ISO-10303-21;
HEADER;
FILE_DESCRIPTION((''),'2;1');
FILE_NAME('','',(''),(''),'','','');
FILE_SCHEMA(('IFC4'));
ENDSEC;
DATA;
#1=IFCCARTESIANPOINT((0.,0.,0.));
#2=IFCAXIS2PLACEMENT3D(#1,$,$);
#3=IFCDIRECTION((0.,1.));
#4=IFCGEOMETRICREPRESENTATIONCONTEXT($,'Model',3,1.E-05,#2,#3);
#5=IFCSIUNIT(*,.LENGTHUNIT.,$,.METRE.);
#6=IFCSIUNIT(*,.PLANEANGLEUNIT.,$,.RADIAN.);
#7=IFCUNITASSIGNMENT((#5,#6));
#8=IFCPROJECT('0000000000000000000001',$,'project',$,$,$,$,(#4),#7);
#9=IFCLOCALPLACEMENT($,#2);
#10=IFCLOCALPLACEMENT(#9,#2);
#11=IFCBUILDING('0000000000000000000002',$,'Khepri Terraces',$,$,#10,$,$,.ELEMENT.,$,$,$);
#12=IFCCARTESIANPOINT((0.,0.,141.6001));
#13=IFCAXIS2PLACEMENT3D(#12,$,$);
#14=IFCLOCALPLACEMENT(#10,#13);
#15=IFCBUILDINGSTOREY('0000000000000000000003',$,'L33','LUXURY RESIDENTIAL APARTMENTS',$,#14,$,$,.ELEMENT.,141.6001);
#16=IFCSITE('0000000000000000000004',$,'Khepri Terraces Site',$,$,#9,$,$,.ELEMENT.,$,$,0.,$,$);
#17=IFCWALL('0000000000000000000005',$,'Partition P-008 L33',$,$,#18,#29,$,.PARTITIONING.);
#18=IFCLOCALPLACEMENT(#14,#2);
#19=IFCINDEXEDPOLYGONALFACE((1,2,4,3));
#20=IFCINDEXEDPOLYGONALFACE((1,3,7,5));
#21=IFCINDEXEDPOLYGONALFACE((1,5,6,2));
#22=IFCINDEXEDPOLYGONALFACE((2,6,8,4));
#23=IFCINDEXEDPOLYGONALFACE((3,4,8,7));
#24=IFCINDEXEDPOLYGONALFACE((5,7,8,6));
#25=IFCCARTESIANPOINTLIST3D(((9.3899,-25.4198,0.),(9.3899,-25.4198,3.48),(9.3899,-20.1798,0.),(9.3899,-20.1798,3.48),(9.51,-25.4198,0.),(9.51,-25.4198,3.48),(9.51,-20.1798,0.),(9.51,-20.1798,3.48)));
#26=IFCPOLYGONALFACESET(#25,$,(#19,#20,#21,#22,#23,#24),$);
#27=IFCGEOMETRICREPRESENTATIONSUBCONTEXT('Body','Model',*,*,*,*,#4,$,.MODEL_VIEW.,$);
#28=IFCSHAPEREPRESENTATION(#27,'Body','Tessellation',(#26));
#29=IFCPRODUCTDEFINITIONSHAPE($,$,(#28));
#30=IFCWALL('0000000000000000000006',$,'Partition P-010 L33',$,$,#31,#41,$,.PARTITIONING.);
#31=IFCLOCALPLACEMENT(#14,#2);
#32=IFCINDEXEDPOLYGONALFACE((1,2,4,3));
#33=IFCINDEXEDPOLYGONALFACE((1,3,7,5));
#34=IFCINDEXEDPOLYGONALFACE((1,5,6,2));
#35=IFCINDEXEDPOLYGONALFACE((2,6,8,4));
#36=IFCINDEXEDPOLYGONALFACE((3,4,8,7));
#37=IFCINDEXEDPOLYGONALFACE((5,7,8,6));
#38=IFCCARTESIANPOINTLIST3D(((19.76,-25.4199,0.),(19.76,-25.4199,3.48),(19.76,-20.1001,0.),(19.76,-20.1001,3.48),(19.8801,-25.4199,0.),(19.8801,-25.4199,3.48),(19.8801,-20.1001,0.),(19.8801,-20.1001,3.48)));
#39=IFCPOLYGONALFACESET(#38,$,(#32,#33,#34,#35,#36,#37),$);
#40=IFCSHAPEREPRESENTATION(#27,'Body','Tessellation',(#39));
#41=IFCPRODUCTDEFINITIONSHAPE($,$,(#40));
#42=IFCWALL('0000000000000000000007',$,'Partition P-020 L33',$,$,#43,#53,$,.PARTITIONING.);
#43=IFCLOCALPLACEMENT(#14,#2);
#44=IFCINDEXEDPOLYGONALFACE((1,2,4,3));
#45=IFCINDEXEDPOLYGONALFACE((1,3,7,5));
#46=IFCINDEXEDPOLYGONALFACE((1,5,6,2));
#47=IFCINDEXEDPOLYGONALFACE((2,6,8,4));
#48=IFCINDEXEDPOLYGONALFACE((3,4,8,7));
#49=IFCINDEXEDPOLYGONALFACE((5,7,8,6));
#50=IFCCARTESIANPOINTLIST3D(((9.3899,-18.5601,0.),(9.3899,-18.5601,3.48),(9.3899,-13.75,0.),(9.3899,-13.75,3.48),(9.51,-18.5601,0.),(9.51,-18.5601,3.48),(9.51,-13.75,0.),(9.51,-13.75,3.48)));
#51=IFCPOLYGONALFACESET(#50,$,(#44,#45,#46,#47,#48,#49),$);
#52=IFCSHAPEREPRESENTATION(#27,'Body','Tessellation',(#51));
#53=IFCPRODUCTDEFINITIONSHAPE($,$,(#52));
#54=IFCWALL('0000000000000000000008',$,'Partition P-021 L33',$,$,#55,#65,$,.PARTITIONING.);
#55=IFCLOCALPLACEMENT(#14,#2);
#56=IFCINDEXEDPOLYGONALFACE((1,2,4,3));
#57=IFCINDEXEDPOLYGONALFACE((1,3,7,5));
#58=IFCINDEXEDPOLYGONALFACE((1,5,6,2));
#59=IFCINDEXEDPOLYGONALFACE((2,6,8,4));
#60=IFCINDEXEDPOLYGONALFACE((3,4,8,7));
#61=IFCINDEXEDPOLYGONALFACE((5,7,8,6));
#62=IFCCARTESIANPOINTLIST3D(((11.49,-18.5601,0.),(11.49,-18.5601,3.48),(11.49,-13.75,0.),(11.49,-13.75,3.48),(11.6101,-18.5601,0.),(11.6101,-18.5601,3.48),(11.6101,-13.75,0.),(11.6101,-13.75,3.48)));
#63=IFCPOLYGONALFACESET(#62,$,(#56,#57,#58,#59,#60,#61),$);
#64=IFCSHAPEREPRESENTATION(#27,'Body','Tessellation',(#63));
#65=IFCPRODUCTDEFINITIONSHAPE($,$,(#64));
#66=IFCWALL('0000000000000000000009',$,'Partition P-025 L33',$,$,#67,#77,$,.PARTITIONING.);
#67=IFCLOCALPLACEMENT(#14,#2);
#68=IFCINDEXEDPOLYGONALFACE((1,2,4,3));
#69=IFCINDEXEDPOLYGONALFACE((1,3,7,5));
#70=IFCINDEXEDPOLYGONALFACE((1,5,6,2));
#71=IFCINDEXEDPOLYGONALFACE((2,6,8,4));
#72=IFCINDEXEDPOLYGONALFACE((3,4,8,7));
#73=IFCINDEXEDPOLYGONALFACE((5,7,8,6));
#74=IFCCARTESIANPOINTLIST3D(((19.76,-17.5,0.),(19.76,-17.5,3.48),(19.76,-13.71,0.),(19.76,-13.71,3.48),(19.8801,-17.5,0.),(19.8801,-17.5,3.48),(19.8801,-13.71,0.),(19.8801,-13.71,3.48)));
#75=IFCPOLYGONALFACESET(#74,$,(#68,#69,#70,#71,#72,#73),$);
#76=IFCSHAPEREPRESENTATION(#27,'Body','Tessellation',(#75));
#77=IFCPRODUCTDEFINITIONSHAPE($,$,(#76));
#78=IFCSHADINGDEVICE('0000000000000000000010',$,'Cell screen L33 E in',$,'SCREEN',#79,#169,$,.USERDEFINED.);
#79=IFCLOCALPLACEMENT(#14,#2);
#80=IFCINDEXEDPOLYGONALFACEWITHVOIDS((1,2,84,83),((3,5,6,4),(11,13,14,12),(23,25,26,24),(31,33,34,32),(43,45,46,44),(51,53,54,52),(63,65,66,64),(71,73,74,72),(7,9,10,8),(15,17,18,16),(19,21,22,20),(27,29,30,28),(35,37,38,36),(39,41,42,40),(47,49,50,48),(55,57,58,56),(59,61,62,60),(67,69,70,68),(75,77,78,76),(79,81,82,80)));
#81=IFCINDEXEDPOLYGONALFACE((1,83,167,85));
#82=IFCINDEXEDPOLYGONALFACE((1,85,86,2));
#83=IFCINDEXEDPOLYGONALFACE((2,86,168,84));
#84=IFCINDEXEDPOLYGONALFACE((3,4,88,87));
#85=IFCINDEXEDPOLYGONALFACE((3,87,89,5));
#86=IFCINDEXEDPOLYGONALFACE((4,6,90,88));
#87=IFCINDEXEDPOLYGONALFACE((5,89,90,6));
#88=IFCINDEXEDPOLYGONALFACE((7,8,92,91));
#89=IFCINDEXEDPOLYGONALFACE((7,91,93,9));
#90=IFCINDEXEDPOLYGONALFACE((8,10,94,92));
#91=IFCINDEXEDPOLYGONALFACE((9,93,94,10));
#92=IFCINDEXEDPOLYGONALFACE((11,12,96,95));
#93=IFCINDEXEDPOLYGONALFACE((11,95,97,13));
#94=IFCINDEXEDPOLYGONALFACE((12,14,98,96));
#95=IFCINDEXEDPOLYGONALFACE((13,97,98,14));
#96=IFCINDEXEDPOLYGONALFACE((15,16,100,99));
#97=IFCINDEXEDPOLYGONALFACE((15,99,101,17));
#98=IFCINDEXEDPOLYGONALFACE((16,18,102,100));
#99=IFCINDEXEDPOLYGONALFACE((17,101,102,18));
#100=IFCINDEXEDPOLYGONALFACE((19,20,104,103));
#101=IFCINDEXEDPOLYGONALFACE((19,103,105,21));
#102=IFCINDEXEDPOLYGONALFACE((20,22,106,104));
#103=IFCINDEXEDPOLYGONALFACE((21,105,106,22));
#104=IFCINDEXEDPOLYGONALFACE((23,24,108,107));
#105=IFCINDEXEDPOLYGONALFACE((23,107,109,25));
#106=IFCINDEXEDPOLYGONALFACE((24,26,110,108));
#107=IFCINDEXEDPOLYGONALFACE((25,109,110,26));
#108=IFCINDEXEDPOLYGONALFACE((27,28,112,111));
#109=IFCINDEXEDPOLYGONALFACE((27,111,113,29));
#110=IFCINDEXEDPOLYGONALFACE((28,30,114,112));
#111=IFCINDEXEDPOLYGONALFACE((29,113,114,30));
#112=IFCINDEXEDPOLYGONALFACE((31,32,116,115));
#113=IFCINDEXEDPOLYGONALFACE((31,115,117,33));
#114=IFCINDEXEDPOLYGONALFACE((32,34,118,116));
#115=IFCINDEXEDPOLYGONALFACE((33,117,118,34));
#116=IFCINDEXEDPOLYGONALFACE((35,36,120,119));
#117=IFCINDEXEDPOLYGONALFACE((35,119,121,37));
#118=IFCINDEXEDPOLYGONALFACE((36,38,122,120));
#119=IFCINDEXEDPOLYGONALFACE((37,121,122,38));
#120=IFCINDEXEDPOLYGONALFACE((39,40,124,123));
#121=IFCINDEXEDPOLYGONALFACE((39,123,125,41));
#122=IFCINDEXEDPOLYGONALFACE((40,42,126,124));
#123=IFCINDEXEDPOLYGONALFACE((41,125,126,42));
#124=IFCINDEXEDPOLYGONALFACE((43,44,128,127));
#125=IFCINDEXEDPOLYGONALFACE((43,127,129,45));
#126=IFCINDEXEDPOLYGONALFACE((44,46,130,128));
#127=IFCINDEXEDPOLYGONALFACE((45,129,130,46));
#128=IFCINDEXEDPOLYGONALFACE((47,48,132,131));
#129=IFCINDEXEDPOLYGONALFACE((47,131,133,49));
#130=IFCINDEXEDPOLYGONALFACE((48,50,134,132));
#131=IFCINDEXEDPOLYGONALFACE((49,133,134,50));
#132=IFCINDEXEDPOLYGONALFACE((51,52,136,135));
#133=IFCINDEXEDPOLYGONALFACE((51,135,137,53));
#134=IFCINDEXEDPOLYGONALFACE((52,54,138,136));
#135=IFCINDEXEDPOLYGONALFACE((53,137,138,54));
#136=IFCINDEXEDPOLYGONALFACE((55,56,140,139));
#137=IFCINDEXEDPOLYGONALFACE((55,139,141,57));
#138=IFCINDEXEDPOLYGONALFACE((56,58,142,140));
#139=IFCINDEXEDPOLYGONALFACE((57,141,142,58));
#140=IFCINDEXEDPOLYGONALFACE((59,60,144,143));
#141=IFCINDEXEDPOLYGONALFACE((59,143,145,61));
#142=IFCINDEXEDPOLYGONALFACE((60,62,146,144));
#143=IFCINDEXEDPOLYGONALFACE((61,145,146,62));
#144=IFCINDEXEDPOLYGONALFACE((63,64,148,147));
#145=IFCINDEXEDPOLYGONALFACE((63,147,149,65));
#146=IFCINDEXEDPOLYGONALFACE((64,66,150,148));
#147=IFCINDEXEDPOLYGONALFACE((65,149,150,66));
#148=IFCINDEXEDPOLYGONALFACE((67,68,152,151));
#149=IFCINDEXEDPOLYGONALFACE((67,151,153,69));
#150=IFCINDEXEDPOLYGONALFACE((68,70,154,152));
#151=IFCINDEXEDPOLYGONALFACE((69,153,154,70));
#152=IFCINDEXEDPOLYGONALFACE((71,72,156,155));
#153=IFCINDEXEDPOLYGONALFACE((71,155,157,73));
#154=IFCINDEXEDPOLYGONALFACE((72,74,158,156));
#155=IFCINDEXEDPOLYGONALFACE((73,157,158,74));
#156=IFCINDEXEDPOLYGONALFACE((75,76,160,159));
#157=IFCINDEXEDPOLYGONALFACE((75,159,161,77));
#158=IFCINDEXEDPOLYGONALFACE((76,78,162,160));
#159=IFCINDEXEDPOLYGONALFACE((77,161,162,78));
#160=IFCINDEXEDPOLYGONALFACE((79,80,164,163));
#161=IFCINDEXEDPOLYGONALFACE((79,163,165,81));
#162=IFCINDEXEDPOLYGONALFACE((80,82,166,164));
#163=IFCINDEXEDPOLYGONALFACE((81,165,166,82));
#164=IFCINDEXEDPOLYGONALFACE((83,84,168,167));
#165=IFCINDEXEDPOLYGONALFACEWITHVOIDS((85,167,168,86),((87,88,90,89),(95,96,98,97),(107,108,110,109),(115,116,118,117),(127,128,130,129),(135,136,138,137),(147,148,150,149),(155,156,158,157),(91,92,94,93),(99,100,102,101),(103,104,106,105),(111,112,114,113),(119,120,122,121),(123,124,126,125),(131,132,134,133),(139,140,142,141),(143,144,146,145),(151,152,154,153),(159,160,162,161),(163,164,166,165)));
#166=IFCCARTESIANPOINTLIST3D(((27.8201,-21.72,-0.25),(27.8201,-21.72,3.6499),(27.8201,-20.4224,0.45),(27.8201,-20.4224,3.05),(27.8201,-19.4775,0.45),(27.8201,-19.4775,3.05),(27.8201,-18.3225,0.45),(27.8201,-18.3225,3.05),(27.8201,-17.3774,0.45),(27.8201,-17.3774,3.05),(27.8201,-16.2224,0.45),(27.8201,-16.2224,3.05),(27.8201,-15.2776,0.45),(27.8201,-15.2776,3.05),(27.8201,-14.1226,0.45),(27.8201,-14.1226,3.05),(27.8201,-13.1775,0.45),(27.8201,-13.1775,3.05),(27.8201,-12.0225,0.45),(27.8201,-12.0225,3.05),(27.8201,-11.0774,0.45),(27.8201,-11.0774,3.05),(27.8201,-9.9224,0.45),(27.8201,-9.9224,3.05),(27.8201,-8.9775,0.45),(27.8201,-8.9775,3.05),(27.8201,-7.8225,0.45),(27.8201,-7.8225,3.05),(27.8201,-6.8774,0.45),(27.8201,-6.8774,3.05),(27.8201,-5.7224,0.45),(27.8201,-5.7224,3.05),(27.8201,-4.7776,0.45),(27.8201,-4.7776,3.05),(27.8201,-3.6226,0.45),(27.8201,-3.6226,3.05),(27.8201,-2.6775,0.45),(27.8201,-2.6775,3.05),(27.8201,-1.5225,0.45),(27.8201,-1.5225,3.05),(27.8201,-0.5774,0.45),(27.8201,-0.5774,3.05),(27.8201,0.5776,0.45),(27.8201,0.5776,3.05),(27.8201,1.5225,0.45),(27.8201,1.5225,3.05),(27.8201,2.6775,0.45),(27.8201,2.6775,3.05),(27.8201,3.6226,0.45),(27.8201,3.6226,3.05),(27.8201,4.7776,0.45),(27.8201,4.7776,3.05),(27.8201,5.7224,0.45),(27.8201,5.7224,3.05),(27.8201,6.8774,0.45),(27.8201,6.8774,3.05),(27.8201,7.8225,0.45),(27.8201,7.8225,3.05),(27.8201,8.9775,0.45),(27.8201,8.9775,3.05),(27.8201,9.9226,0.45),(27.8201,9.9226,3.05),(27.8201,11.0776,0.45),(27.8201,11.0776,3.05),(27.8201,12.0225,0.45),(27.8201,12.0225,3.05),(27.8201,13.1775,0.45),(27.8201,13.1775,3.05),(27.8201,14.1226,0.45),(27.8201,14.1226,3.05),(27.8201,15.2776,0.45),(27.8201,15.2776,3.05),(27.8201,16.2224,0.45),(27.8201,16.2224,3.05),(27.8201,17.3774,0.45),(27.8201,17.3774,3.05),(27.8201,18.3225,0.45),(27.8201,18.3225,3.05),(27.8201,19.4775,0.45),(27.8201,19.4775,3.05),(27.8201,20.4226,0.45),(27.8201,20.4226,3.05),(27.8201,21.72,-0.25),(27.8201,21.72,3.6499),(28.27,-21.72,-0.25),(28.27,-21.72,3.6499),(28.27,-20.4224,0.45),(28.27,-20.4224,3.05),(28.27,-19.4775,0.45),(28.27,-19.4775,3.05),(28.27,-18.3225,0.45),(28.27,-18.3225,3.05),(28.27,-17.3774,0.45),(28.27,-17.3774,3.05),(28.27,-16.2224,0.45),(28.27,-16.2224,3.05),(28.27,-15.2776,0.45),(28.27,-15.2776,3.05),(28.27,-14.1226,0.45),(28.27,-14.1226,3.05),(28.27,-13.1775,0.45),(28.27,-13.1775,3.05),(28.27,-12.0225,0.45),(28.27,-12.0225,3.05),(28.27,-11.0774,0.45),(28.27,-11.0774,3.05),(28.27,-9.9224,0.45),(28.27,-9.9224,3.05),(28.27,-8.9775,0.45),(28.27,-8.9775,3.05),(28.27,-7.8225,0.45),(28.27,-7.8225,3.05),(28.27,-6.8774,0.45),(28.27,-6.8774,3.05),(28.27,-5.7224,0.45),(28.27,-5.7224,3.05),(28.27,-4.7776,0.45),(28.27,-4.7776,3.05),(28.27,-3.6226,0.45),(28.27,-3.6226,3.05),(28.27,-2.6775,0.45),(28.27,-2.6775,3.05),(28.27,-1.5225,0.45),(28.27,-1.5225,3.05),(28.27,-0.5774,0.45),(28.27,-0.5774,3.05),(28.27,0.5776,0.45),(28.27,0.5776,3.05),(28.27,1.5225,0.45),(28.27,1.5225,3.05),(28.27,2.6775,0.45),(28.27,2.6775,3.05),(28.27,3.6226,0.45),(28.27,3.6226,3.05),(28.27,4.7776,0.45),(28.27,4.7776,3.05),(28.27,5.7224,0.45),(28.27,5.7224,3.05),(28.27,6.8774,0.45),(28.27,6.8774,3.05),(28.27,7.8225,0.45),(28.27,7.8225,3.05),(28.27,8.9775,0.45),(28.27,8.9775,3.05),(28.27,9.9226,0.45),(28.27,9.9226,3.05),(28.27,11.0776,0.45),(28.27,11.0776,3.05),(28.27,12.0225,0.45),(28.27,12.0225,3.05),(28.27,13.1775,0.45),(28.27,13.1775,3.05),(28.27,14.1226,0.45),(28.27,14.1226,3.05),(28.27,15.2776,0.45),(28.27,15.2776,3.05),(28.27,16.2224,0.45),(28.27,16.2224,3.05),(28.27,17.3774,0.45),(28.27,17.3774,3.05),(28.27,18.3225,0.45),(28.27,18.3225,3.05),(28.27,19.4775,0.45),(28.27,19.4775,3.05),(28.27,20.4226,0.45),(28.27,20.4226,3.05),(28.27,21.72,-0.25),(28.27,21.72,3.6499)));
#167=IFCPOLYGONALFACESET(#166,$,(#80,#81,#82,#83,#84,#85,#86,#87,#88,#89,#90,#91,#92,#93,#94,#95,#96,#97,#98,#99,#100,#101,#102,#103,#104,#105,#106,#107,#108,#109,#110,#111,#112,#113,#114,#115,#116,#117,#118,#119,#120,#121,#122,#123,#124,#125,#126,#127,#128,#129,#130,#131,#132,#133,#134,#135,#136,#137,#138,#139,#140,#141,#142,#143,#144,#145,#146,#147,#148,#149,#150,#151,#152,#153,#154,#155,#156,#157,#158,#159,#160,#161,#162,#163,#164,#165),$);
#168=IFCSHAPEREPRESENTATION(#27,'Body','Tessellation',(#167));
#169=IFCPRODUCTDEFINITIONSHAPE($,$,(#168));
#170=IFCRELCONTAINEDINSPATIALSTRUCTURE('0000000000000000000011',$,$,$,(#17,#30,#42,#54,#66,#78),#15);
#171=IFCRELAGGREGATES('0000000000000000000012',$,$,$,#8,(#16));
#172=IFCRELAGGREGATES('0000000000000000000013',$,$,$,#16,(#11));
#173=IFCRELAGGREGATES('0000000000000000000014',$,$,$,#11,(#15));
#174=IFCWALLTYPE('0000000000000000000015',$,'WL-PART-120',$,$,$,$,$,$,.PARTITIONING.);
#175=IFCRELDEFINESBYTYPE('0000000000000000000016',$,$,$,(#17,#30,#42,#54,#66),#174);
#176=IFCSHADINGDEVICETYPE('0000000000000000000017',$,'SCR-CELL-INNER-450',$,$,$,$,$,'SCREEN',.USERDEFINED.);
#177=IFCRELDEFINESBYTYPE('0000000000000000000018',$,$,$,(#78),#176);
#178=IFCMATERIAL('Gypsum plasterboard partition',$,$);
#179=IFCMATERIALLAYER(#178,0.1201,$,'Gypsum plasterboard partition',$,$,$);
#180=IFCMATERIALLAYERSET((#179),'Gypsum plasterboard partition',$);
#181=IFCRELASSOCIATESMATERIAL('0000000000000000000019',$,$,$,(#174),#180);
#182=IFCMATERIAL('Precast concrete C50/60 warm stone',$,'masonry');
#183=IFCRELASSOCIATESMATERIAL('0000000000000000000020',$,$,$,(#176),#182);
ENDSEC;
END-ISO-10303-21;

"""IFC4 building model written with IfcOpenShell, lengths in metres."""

from ifc_helpers import new_model, si_unit, direction, frame, frame_2d, origin, place, context, subcontext, project, spatial, polyline, rectangle, outline, extrude, material, layer, layer_set, type_object, element, save


model = new_model("IFC4")

# Units and contexts
model_context = context("Model", 3, precision=1e-05, world=origin(), true_north=direction((0.0, 1.0)))
body_context = subcontext(model_context, "Body", "Model", "MODEL_VIEW")
ifc_project = project(units=[si_unit("LENGTHUNIT", "METRE"), si_unit("PLANEANGLEUNIT", "RADIAN")], contexts=[model_context])

# Site, building, storey
site_placement = place(None, origin())
site = spatial("IfcSite", under=ifc_project, at=site_placement, Name="Khepri Terraces Site", CompositionType="ELEMENT", RefElevation=0.0)
building_placement = place(site_placement, origin())
building = spatial("IfcBuilding", under=site, at=building_placement, Name="Khepri Terraces", CompositionType="ELEMENT")
storey_placement = place(building_placement, frame((0.0, 0.0, 141.6001)))
storey = spatial("IfcBuildingStorey", under=building, at=storey_placement, Name="L33", Description="LUXURY RESIDENTIAL APARTMENTS", CompositionType="ELEMENT", Elevation=141.6001)

# Shared definitions
ifc_material_1 = material(Name="Precast concrete C50/60 warm stone", Category="masonry")

# Walls
ifc_material_2 = material(Name="Gypsum plasterboard partition")
ifc_layer_1 = layer(ifc_material_2, 0.1201, Name="Gypsum plasterboard partition")
ifc_layer_set_1 = layer_set([ifc_layer_1], Name="Gypsum plasterboard partition")
wall_type_1 = type_object("IfcWallType", Name="WL-PART-120", PredefinedType="PARTITIONING", material=ifc_layer_set_1)
wall_1_placement = place(storey_placement, frame((9.45, -25.4199, 0.0), z_axis=(0.0, 0.0, 1.0), x_axis=(0.0, 1.0, 0.0)))
element("IfcWall", 1, at=wall_1_placement, inside=storey, type_object=wall_type_1, Name="Partition P-008 L33", PredefinedType="PARTITIONING", context=body_context, shape_type="SweptSolid", body=[
    extrude(rectangle(XDim=5.24, YDim=0.1201, at=frame_2d((2.6201, 0.0))), origin(), (0.0, 0.0, 1.0), 3.48),
])
wall_2_placement = place(storey_placement, frame((19.8201, -25.4199, 0.0), z_axis=(0.0, 0.0, 1.0), x_axis=(0.0, 1.0, 0.0)))
element("IfcWall", 2, at=wall_2_placement, inside=storey, type_object=wall_type_1, Name="Partition P-010 L33", PredefinedType="PARTITIONING", context=body_context, shape_type="SweptSolid", body=[
    extrude(rectangle(XDim=5.3198, YDim=0.1201, at=frame_2d((2.6599, 0.0))), origin(), (0.0, 0.0, 1.0), 3.48),
])
for number, where, z_axis, x_axis, name in (
    (3, (9.45, -18.5601, 0.0), (0.0, 0.0, 1.0), (0.0, 1.0, 0.0), "Partition P-020 L33"),
    (4, (11.55, -18.5601, 0.0), (0.0, 0.0, 1.0), (0.0, 1.0, 0.0), "Partition P-021 L33"),
):
    element("IfcWall", number, at=place(storey_placement, frame(where, z_axis=z_axis, x_axis=x_axis)), inside=storey, type_object=wall_type_1, Name=name, PredefinedType="PARTITIONING", context=body_context, shape_type="SweptSolid", body=[
        extrude(rectangle(XDim=4.8101, YDim=0.1201, at=frame_2d((2.405, 0.0))), origin(), (0.0, 0.0, 1.0), 3.48),
    ])
wall_3_placement = place(storey_placement, frame((19.8201, -17.5, 0.0), z_axis=(0.0, 0.0, 1.0), x_axis=(0.0, 1.0, 0.0)))
element("IfcWall", 5, at=wall_3_placement, inside=storey, type_object=wall_type_1, Name="Partition P-025 L33", PredefinedType="PARTITIONING", context=body_context, shape_type="SweptSolid", body=[
    extrude(rectangle(XDim=3.79, YDim=0.1201, at=frame_2d((1.895, 0.0))), origin(), (0.0, 0.0, 1.0), 3.48),
])

# Shading device
shading_device_type_1 = type_object("IfcShadingDeviceType", Name="SCR-CELL-INNER-450", ElementType="SCREEN", PredefinedType="USERDEFINED", material=ifc_material_1)
shading_device_1_placement = place(storey_placement, frame((27.8201, -21.72, -0.25), z_axis=(1.0, 0.0, 0.0), x_axis=(0.0, 1.0, 0.0)))
element("IfcShadingDevice", 6, at=shading_device_1_placement, inside=storey, type_object=shading_device_type_1, Name="Cell screen L33 E in", ObjectType="SCREEN", PredefinedType="USERDEFINED", context=body_context, shape_type="SweptSolid", body=[
    extrude(outline(polyline([(0.0, 0.0), (43.4399, 0.0), (43.4399, 3.8999), (0.0, 3.8999), (0.0, 0.0)]), holes=[polyline([(1.2976, 0.7), (2.2424, 0.7), (2.2424, 3.3), (1.2976, 3.3), (1.2976, 0.7)]), polyline([(3.3975, 0.7), (4.3425, 0.7), (4.3425, 3.3), (3.3975, 3.3), (3.3975, 0.7)]), polyline([(5.4976, 0.7), (6.4424, 0.7), (6.4424, 3.3), (5.4976, 3.3), (5.4976, 0.7)]), polyline([(7.5974, 0.7), (8.5425, 0.7), (8.5425, 3.3), (7.5974, 3.3), (7.5974, 0.7)]), polyline([(9.6975, 0.7), (10.6426, 0.7), (10.6426, 3.3), (9.6975, 3.3), (9.6975, 0.7)]), polyline([(11.7976, 0.7), (12.7424, 0.7), (12.7424, 3.3), (11.7976, 3.3), (11.7976, 0.7)]), polyline([(13.8975, 0.7), (14.8425, 0.7), (14.8425, 3.3), (13.8975, 3.3), (13.8975, 0.7)]), polyline([(15.9976, 0.7), (16.9424, 0.7), (16.9424, 3.3), (15.9976, 3.3), (15.9976, 0.7)]), polyline([(18.0974, 0.7), (19.0425, 0.7), (19.0425, 3.3), (18.0974, 3.3), (18.0974, 0.7)]), polyline([(20.1975, 0.7), (21.1426, 0.7), (21.1426, 3.3), (20.1975, 3.3), (20.1975, 0.7)]), polyline([(22.2976, 0.7), (23.2424, 0.7), (23.2424, 3.3), (22.2976, 3.3), (22.2976, 0.7)]), polyline([(24.3975, 0.7), (25.3425, 0.7), (25.3425, 3.3), (24.3975, 3.3), (24.3975, 0.7)]), polyline([(26.4976, 0.7), (27.4424, 0.7), (27.4424, 3.3), (26.4976, 3.3), (26.4976, 0.7)]), polyline([(28.5974, 0.7), (29.5425, 0.7), (29.5425, 3.3), (28.5974, 3.3), (28.5974, 0.7)]), polyline([(30.6975, 0.7), (31.6426, 0.7), (31.6426, 3.3), (30.6975, 3.3), (30.6975, 0.7)]), polyline([(32.7976, 0.7), (33.7424, 0.7), (33.7424, 3.3), (32.7976, 3.3), (32.7976, 0.7)]), polyline([(34.8975, 0.7), (35.8425, 0.7), (35.8425, 3.3), (34.8975, 3.3), (34.8975, 0.7)]), polyline([(36.9976, 0.7), (37.9424, 0.7), (37.9424, 3.3), (36.9976, 3.3), (36.9976, 0.7)]), polyline([(39.0974, 0.7), (40.0425, 0.7), (40.0425, 3.3), (39.0974, 3.3), (39.0974, 0.7)]), polyline([(41.1975, 0.7), (42.1426, 0.7), (42.1426, 3.3), (41.1975, 3.3), (41.1975, 0.7)])]), origin(), (0.0, 0.0, 1.0), 0.45),
])

save(model, "model.ifc")
